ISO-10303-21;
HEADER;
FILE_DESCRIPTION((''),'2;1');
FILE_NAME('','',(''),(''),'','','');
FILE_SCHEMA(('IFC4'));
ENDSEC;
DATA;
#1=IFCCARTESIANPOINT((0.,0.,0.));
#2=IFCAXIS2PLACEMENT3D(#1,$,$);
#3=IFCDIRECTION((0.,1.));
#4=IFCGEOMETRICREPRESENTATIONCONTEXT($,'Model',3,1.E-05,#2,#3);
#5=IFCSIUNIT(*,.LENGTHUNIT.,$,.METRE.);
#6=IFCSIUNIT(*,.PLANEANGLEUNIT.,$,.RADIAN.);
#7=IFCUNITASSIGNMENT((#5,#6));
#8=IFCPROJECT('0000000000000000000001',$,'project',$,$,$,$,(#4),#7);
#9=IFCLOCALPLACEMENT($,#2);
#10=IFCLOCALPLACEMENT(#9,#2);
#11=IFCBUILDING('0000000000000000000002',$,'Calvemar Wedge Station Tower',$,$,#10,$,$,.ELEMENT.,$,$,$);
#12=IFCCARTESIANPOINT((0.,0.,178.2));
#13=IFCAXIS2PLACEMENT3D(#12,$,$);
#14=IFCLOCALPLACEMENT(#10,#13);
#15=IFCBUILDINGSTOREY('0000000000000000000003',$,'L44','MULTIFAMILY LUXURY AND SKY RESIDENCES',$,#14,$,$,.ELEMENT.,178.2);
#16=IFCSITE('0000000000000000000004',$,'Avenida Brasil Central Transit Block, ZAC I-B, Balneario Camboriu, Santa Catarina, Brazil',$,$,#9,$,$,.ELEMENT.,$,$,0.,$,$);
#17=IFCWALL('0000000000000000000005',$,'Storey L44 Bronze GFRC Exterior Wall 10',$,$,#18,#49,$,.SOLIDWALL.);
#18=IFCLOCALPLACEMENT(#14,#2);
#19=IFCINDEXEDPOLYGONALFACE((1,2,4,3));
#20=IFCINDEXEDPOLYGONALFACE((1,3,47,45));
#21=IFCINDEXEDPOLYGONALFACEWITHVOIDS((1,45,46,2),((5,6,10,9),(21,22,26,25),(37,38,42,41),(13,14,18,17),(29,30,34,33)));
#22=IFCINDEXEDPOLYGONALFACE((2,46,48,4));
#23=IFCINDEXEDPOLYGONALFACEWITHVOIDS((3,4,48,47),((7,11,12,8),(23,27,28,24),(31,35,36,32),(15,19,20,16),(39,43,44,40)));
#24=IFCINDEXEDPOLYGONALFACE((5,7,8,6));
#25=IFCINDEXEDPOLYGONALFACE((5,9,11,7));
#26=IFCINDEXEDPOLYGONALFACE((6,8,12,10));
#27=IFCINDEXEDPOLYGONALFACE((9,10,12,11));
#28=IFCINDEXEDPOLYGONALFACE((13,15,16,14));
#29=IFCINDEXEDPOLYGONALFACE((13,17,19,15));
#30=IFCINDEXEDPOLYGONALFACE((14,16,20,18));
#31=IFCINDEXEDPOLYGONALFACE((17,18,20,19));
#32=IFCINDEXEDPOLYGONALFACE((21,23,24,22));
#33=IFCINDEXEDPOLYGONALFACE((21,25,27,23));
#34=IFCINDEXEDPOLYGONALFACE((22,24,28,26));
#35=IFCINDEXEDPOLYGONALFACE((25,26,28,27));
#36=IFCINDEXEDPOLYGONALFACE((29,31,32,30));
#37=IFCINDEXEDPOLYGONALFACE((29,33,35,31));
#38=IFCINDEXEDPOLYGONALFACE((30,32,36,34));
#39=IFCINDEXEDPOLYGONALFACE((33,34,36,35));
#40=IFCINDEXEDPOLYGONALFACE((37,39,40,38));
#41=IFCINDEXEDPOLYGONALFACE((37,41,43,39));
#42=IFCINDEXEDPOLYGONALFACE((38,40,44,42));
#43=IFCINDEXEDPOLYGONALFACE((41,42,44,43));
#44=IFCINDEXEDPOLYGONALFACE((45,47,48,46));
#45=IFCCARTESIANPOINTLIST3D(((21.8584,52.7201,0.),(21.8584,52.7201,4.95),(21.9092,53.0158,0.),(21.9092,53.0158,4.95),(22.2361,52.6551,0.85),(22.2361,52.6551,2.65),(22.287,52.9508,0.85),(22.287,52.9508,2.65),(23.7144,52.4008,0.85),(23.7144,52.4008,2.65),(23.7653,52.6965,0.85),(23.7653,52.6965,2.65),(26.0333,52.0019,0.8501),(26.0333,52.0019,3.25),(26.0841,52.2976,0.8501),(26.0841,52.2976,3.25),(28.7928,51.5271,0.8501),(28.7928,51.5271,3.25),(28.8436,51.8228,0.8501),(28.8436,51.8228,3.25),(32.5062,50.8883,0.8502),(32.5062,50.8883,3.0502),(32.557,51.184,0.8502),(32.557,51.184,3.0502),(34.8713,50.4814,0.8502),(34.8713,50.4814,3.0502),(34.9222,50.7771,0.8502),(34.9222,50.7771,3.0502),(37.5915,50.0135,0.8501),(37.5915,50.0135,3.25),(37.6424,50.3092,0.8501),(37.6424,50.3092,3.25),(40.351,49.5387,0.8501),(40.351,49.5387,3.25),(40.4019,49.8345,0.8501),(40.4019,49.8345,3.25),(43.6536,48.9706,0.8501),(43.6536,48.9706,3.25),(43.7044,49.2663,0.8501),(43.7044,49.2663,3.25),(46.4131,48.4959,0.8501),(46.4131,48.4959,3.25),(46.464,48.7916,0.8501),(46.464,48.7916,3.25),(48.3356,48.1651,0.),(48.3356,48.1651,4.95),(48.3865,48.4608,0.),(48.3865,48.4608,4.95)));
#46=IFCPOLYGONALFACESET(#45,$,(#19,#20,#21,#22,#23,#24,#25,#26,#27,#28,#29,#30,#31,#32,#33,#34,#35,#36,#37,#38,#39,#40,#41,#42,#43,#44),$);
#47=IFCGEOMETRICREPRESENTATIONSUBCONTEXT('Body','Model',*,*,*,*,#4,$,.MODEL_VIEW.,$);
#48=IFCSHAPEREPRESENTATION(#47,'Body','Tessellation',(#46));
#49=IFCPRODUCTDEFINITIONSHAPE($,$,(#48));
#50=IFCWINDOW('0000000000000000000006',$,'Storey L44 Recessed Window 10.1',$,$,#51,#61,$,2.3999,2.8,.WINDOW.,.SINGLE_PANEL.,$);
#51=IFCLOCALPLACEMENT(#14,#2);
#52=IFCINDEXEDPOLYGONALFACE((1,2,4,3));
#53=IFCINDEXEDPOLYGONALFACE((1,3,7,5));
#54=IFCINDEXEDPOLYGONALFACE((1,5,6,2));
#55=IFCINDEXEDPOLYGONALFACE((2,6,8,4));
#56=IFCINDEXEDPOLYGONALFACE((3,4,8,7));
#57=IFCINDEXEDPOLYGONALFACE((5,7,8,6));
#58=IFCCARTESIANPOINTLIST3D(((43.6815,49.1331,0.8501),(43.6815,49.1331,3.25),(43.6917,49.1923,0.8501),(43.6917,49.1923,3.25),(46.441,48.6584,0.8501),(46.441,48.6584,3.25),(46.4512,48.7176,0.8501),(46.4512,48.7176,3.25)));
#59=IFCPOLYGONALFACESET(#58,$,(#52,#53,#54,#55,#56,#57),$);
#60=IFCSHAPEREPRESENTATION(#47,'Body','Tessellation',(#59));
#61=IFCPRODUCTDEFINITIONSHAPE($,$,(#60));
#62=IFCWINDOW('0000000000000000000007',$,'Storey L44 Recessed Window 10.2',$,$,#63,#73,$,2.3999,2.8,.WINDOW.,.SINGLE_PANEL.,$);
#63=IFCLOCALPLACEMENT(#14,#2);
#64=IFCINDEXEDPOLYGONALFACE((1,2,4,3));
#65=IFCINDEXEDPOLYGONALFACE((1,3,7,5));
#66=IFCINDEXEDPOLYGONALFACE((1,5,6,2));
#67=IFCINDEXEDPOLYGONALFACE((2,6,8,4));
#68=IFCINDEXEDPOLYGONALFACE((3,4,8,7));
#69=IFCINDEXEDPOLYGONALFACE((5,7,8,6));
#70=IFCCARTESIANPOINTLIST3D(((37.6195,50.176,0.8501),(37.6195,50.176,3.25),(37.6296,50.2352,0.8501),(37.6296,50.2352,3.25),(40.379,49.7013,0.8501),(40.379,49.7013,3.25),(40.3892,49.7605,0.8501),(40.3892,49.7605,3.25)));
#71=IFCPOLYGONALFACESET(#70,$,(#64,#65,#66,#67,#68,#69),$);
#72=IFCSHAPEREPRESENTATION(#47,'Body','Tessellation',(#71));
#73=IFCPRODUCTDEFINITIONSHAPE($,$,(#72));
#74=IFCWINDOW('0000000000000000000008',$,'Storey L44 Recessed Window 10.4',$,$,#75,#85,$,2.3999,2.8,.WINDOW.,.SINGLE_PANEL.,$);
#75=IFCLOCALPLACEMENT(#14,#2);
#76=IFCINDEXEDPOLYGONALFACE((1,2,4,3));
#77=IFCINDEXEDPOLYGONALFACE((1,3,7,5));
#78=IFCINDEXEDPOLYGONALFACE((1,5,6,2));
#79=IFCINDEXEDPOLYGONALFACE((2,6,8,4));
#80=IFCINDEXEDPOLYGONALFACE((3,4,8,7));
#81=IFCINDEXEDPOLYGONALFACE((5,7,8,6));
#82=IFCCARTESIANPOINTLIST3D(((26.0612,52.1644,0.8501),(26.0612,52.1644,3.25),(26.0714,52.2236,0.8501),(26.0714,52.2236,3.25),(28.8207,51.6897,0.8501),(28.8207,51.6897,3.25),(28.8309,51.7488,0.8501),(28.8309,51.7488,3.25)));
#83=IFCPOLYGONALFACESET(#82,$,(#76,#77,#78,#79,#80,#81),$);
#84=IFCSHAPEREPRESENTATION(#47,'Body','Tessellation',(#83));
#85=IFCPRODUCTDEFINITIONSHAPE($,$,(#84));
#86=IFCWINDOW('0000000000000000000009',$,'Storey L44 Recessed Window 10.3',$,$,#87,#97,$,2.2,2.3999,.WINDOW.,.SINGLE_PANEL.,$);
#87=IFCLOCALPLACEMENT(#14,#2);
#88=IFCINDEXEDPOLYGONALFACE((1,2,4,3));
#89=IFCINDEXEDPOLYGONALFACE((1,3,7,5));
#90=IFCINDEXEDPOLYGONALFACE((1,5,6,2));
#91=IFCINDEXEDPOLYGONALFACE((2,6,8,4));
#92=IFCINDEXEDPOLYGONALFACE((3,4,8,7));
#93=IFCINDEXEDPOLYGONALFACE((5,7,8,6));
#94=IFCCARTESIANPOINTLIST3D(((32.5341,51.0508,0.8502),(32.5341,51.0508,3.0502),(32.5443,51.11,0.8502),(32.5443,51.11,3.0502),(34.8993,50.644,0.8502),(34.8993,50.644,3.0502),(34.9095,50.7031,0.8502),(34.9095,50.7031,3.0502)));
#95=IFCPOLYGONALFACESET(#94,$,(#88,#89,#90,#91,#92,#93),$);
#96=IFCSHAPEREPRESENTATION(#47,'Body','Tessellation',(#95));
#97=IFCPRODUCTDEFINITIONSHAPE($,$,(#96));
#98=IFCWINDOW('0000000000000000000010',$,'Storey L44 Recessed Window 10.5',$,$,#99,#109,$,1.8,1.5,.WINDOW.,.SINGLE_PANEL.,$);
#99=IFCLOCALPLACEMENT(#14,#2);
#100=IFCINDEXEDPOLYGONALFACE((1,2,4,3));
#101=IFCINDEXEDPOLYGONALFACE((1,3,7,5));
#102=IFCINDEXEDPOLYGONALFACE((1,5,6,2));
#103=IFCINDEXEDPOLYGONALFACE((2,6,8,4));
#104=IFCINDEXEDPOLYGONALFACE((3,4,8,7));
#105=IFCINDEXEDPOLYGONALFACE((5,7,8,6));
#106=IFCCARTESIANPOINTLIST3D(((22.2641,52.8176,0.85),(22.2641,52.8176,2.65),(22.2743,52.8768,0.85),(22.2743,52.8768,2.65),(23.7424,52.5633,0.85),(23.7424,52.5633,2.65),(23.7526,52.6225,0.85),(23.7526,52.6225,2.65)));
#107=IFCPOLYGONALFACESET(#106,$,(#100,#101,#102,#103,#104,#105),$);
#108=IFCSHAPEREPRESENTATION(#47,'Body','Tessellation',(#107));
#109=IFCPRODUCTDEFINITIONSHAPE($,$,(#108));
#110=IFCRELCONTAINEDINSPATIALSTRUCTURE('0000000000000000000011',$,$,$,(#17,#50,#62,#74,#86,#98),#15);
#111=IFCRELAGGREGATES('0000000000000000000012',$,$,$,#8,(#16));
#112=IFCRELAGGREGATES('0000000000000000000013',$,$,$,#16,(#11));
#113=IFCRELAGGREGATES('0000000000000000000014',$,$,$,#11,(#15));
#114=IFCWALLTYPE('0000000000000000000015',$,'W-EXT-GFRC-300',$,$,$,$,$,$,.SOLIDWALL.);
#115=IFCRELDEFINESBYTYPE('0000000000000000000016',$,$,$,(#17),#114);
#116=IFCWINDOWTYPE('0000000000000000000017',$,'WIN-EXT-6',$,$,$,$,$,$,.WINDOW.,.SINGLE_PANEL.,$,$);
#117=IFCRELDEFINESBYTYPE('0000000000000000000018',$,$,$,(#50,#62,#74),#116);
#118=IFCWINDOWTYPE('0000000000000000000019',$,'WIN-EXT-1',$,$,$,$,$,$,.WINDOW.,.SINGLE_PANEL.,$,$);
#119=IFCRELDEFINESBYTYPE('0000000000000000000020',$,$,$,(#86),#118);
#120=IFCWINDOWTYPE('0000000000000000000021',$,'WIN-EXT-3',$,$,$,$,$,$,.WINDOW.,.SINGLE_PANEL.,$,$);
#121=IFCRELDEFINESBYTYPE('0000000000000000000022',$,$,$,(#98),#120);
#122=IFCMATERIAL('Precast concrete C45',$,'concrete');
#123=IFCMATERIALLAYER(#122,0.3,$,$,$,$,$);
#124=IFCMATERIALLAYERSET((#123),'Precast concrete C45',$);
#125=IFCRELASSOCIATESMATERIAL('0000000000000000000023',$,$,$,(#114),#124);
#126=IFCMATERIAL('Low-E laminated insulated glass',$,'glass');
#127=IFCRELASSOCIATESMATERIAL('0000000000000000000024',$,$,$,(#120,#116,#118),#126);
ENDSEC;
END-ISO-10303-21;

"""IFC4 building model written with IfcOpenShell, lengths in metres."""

from ifc_helpers import new_model, si_unit, direction, frame, frame_2d, origin, place, context, subcontext, project, spatial, rectangle, extrude, source, transform, mapped, material, layer, layer_set, type_object, element, fill, save


model = new_model("IFC4")

# Units and contexts
model_context = context("Model", 3, precision=1e-05, world=origin(), true_north=direction((0.0, 1.0)))
body_context = subcontext(model_context, "Body", "Model", "MODEL_VIEW")
ifc_project = project(units=[si_unit("LENGTHUNIT", "METRE"), si_unit("PLANEANGLEUNIT", "RADIAN")], contexts=[model_context])

# Site, building, storey
site_placement = place(None, origin())
site = spatial("IfcSite", under=ifc_project, at=site_placement, Name="Avenida Brasil Central Transit Block, ZAC I-B, Balneario Camboriu, Santa Catarina, Brazil", CompositionType="ELEMENT", RefElevation=0.0)
building_placement = place(site_placement, origin())
building = spatial("IfcBuilding", under=site, at=building_placement, Name="Calvemar Wedge Station Tower", CompositionType="ELEMENT")
storey_placement = place(building_placement, frame((0.0, 0.0, 178.2)))
storey = spatial("IfcBuildingStorey", under=building, at=storey_placement, Name="L44", Description="MULTIFAMILY LUXURY AND SKY RESIDENCES", CompositionType="ELEMENT", Elevation=178.2)

# Shared definitions
ifc_material_1 = material(Name="Precast concrete C45", Category="concrete")

# Shared definitions
ifc_layer_1 = layer(ifc_material_1, 0.3)
ifc_layer_set_1 = layer_set([ifc_layer_1], Name="Precast concrete C45")
wall_type_1 = type_object("IfcWallType", Name="W-EXT-GFRC-300", PredefinedType="SOLIDWALL", material=ifc_layer_set_1)
shared_shape_1 = source(origin(), body_context, "Body", "SweptSolid", [
    extrude(rectangle(XDim=1.5, YDim=1.8, at=frame_2d((0.75, 0.8999))), frame((0.0, 0.1602, 0.0), z_axis=(0.0, -1.0, 0.0), x_axis=(1.0, 0.0, 0.0)), (0.0, 0.0, 1.0), 0.3201),
])
ifc_material_2 = material(Name="Low-E laminated insulated glass", Category="glass")
window_type_1 = type_object("IfcWindowType", Name="WIN-EXT-3", PartitioningType="SINGLE_PANEL", PredefinedType="WINDOW", material=ifc_material_2)
shared_shape_2 = source(origin(), body_context, "Body", "SweptSolid", [
    extrude(rectangle(XDim=1.5, YDim=1.8, at=frame_2d((0.75, 0.8999))), frame((0.0, -0.0149, 0.0), z_axis=(0.0, -1.0, 0.0), x_axis=(1.0, 0.0, 0.0)), (0.0, 0.0, 1.0), 0.0601),
])

# Wall, openings, windows
wall_1_placement = place(storey_placement, frame((48.3611, 48.313, 0.0), z_axis=(0.0, 0.0, 1.0), x_axis=(-0.985523, 0.169541, 0.0)))
wall_1 = element("IfcWall", 1, at=wall_1_placement, inside=storey, type_object=wall_type_1, Name="Storey L44 Bronze GFRC Exterior Wall 10", PredefinedType="SOLIDWALL", context=body_context, shape_type="SweptSolid", body=[
    extrude(rectangle(XDim=26.8662, YDim=0.3, at=frame_2d((13.4331, 0.0))), origin(), (0.0, 0.0, 1.0), 4.95),
])
shared_shape_3 = source(origin(), body_context, "Body", "SweptSolid", [
    extrude(rectangle(XDim=2.8, YDim=2.3999, at=frame_2d((1.3999, 1.2))), frame((0.0, 0.1602, 0.0), z_axis=(0.0, -1.0, 0.0), x_axis=(1.0, 0.0, 0.0)), (0.0, 0.0, 1.0), 0.3201),
])
opening_1_placement = place(wall_1_placement, frame((1.9509, 0.0, 0.8501)))
opening_1 = element("IfcOpeningElement", 2, at=opening_1_placement, cuts=wall_1, PredefinedType="OPENING", context=body_context, shape_type="MappedRepresentation", body=[
    mapped(shared_shape_3, transform((0.0, 0.0, 0.0), scale=1.0)),
])
opening_2_placement = place(wall_1_placement, frame((8.1021, 0.0, 0.8501)))
opening_2 = element("IfcOpeningElement", 3, at=opening_2_placement, cuts=wall_1, PredefinedType="OPENING", context=body_context, shape_type="MappedRepresentation", body=[
    mapped(shared_shape_3, transform((0.0, 0.0, 0.0), scale=1.0)),
])
shared_shape_4 = source(origin(), body_context, "Body", "SweptSolid", [
    extrude(rectangle(XDim=2.3999, YDim=2.2, at=frame_2d((1.2, 1.1001))), frame((0.0, 0.1602, 0.0), z_axis=(0.0, -1.0, 0.0), x_axis=(1.0, 0.0, 0.0)), (0.0, 0.0, 1.0), 0.3201),
])
opening_3_placement = place(wall_1_placement, frame((13.6621, 0.0, 0.8501)))
opening_3 = element("IfcOpeningElement", 4, at=opening_3_placement, cuts=wall_1, PredefinedType="OPENING", context=body_context, shape_type="MappedRepresentation", body=[
    mapped(shared_shape_4, transform((0.0, 0.0, 0.0), scale=1.0)),
])
opening_4_placement = place(wall_1_placement, frame((19.8301, 0.0, 0.8501)))
opening_4 = element("IfcOpeningElement", 5, at=opening_4_placement, cuts=wall_1, PredefinedType="OPENING", context=body_context, shape_type="MappedRepresentation", body=[
    mapped(shared_shape_3, transform((0.0, 0.0, 0.0), scale=1.0)),
])
opening_5_placement = place(wall_1_placement, frame((24.9829, 0.0, 0.8501)))
opening_5 = element("IfcOpeningElement", 6, at=opening_5_placement, cuts=wall_1, PredefinedType="OPENING", context=body_context, shape_type="MappedRepresentation", body=[
    mapped(shared_shape_1, transform((0.0, 0.0, 0.0), scale=1.0)),
])
window_type_2 = type_object("IfcWindowType", Name="WIN-EXT-6", PartitioningType="SINGLE_PANEL", PredefinedType="WINDOW", material=ifc_material_2)
shared_shape_5 = source(origin(), body_context, "Body", "SweptSolid", [
    extrude(rectangle(XDim=2.8, YDim=2.3999, at=frame_2d((1.3999, 1.2))), frame((0.0, -0.0149, 0.0), z_axis=(0.0, -1.0, 0.0), x_axis=(1.0, 0.0, 0.0)), (0.0, 0.0, 1.0), 0.0601),
])
window_1_placement = place(opening_1_placement, origin())
window_1 = element("IfcWindow", 7, at=window_1_placement, inside=storey, type_object=window_type_2, Name="Storey L44 Recessed Window 10.1", OverallHeight=2.3999, OverallWidth=2.8, PartitioningType="SINGLE_PANEL", PredefinedType="WINDOW", context=body_context, shape_type="MappedRepresentation", body=[
    mapped(shared_shape_5, transform((0.0, 0.0, 0.0), scale=1.0)),
])
fill(opening_1, window_1)
window_2_placement = place(opening_2_placement, origin())
window_2 = element("IfcWindow", 8, at=window_2_placement, inside=storey, type_object=window_type_2, Name="Storey L44 Recessed Window 10.2", OverallHeight=2.3999, OverallWidth=2.8, PartitioningType="SINGLE_PANEL", PredefinedType="WINDOW", context=body_context, shape_type="MappedRepresentation", body=[
    mapped(shared_shape_5, transform((0.0, 0.0, 0.0), scale=1.0)),
])
fill(opening_2, window_2)
window_3_placement = place(opening_4_placement, origin())
window_3 = element("IfcWindow", 9, at=window_3_placement, inside=storey, type_object=window_type_2, Name="Storey L44 Recessed Window 10.4", OverallHeight=2.3999, OverallWidth=2.8, PartitioningType="SINGLE_PANEL", PredefinedType="WINDOW", context=body_context, shape_type="MappedRepresentation", body=[
    mapped(shared_shape_5, transform((0.0, 0.0, 0.0), scale=1.0)),
])
fill(opening_4, window_3)
window_type_3 = type_object("IfcWindowType", Name="WIN-EXT-1", PartitioningType="SINGLE_PANEL", PredefinedType="WINDOW", material=ifc_material_2)
shared_shape_6 = source(origin(), body_context, "Body", "SweptSolid", [
    extrude(rectangle(XDim=2.3999, YDim=2.2, at=frame_2d((1.2, 1.1001))), frame((0.0, -0.0149, 0.0), z_axis=(0.0, -1.0, 0.0), x_axis=(1.0, 0.0, 0.0)), (0.0, 0.0, 1.0), 0.0601),
])
window_4_placement = place(opening_3_placement, origin())
window_4 = element("IfcWindow", 10, at=window_4_placement, inside=storey, type_object=window_type_3, Name="Storey L44 Recessed Window 10.3", OverallHeight=2.2, OverallWidth=2.3999, PartitioningType="SINGLE_PANEL", PredefinedType="WINDOW", context=body_context, shape_type="MappedRepresentation", body=[
    mapped(shared_shape_6, transform((0.0, 0.0, 0.0), scale=1.0)),
])
fill(opening_3, window_4)
window_5_placement = place(opening_5_placement, origin())
window_5 = element("IfcWindow", 11, at=window_5_placement, inside=storey, type_object=window_type_1, Name="Storey L44 Recessed Window 10.5", OverallHeight=1.8, OverallWidth=1.5, PartitioningType="SINGLE_PANEL", PredefinedType="WINDOW", context=body_context, shape_type="MappedRepresentation", body=[
    mapped(shared_shape_2, transform((0.0, 0.0, 0.0), scale=1.0)),
])
fill(opening_5, window_5)

save(model, "model.ifc")
